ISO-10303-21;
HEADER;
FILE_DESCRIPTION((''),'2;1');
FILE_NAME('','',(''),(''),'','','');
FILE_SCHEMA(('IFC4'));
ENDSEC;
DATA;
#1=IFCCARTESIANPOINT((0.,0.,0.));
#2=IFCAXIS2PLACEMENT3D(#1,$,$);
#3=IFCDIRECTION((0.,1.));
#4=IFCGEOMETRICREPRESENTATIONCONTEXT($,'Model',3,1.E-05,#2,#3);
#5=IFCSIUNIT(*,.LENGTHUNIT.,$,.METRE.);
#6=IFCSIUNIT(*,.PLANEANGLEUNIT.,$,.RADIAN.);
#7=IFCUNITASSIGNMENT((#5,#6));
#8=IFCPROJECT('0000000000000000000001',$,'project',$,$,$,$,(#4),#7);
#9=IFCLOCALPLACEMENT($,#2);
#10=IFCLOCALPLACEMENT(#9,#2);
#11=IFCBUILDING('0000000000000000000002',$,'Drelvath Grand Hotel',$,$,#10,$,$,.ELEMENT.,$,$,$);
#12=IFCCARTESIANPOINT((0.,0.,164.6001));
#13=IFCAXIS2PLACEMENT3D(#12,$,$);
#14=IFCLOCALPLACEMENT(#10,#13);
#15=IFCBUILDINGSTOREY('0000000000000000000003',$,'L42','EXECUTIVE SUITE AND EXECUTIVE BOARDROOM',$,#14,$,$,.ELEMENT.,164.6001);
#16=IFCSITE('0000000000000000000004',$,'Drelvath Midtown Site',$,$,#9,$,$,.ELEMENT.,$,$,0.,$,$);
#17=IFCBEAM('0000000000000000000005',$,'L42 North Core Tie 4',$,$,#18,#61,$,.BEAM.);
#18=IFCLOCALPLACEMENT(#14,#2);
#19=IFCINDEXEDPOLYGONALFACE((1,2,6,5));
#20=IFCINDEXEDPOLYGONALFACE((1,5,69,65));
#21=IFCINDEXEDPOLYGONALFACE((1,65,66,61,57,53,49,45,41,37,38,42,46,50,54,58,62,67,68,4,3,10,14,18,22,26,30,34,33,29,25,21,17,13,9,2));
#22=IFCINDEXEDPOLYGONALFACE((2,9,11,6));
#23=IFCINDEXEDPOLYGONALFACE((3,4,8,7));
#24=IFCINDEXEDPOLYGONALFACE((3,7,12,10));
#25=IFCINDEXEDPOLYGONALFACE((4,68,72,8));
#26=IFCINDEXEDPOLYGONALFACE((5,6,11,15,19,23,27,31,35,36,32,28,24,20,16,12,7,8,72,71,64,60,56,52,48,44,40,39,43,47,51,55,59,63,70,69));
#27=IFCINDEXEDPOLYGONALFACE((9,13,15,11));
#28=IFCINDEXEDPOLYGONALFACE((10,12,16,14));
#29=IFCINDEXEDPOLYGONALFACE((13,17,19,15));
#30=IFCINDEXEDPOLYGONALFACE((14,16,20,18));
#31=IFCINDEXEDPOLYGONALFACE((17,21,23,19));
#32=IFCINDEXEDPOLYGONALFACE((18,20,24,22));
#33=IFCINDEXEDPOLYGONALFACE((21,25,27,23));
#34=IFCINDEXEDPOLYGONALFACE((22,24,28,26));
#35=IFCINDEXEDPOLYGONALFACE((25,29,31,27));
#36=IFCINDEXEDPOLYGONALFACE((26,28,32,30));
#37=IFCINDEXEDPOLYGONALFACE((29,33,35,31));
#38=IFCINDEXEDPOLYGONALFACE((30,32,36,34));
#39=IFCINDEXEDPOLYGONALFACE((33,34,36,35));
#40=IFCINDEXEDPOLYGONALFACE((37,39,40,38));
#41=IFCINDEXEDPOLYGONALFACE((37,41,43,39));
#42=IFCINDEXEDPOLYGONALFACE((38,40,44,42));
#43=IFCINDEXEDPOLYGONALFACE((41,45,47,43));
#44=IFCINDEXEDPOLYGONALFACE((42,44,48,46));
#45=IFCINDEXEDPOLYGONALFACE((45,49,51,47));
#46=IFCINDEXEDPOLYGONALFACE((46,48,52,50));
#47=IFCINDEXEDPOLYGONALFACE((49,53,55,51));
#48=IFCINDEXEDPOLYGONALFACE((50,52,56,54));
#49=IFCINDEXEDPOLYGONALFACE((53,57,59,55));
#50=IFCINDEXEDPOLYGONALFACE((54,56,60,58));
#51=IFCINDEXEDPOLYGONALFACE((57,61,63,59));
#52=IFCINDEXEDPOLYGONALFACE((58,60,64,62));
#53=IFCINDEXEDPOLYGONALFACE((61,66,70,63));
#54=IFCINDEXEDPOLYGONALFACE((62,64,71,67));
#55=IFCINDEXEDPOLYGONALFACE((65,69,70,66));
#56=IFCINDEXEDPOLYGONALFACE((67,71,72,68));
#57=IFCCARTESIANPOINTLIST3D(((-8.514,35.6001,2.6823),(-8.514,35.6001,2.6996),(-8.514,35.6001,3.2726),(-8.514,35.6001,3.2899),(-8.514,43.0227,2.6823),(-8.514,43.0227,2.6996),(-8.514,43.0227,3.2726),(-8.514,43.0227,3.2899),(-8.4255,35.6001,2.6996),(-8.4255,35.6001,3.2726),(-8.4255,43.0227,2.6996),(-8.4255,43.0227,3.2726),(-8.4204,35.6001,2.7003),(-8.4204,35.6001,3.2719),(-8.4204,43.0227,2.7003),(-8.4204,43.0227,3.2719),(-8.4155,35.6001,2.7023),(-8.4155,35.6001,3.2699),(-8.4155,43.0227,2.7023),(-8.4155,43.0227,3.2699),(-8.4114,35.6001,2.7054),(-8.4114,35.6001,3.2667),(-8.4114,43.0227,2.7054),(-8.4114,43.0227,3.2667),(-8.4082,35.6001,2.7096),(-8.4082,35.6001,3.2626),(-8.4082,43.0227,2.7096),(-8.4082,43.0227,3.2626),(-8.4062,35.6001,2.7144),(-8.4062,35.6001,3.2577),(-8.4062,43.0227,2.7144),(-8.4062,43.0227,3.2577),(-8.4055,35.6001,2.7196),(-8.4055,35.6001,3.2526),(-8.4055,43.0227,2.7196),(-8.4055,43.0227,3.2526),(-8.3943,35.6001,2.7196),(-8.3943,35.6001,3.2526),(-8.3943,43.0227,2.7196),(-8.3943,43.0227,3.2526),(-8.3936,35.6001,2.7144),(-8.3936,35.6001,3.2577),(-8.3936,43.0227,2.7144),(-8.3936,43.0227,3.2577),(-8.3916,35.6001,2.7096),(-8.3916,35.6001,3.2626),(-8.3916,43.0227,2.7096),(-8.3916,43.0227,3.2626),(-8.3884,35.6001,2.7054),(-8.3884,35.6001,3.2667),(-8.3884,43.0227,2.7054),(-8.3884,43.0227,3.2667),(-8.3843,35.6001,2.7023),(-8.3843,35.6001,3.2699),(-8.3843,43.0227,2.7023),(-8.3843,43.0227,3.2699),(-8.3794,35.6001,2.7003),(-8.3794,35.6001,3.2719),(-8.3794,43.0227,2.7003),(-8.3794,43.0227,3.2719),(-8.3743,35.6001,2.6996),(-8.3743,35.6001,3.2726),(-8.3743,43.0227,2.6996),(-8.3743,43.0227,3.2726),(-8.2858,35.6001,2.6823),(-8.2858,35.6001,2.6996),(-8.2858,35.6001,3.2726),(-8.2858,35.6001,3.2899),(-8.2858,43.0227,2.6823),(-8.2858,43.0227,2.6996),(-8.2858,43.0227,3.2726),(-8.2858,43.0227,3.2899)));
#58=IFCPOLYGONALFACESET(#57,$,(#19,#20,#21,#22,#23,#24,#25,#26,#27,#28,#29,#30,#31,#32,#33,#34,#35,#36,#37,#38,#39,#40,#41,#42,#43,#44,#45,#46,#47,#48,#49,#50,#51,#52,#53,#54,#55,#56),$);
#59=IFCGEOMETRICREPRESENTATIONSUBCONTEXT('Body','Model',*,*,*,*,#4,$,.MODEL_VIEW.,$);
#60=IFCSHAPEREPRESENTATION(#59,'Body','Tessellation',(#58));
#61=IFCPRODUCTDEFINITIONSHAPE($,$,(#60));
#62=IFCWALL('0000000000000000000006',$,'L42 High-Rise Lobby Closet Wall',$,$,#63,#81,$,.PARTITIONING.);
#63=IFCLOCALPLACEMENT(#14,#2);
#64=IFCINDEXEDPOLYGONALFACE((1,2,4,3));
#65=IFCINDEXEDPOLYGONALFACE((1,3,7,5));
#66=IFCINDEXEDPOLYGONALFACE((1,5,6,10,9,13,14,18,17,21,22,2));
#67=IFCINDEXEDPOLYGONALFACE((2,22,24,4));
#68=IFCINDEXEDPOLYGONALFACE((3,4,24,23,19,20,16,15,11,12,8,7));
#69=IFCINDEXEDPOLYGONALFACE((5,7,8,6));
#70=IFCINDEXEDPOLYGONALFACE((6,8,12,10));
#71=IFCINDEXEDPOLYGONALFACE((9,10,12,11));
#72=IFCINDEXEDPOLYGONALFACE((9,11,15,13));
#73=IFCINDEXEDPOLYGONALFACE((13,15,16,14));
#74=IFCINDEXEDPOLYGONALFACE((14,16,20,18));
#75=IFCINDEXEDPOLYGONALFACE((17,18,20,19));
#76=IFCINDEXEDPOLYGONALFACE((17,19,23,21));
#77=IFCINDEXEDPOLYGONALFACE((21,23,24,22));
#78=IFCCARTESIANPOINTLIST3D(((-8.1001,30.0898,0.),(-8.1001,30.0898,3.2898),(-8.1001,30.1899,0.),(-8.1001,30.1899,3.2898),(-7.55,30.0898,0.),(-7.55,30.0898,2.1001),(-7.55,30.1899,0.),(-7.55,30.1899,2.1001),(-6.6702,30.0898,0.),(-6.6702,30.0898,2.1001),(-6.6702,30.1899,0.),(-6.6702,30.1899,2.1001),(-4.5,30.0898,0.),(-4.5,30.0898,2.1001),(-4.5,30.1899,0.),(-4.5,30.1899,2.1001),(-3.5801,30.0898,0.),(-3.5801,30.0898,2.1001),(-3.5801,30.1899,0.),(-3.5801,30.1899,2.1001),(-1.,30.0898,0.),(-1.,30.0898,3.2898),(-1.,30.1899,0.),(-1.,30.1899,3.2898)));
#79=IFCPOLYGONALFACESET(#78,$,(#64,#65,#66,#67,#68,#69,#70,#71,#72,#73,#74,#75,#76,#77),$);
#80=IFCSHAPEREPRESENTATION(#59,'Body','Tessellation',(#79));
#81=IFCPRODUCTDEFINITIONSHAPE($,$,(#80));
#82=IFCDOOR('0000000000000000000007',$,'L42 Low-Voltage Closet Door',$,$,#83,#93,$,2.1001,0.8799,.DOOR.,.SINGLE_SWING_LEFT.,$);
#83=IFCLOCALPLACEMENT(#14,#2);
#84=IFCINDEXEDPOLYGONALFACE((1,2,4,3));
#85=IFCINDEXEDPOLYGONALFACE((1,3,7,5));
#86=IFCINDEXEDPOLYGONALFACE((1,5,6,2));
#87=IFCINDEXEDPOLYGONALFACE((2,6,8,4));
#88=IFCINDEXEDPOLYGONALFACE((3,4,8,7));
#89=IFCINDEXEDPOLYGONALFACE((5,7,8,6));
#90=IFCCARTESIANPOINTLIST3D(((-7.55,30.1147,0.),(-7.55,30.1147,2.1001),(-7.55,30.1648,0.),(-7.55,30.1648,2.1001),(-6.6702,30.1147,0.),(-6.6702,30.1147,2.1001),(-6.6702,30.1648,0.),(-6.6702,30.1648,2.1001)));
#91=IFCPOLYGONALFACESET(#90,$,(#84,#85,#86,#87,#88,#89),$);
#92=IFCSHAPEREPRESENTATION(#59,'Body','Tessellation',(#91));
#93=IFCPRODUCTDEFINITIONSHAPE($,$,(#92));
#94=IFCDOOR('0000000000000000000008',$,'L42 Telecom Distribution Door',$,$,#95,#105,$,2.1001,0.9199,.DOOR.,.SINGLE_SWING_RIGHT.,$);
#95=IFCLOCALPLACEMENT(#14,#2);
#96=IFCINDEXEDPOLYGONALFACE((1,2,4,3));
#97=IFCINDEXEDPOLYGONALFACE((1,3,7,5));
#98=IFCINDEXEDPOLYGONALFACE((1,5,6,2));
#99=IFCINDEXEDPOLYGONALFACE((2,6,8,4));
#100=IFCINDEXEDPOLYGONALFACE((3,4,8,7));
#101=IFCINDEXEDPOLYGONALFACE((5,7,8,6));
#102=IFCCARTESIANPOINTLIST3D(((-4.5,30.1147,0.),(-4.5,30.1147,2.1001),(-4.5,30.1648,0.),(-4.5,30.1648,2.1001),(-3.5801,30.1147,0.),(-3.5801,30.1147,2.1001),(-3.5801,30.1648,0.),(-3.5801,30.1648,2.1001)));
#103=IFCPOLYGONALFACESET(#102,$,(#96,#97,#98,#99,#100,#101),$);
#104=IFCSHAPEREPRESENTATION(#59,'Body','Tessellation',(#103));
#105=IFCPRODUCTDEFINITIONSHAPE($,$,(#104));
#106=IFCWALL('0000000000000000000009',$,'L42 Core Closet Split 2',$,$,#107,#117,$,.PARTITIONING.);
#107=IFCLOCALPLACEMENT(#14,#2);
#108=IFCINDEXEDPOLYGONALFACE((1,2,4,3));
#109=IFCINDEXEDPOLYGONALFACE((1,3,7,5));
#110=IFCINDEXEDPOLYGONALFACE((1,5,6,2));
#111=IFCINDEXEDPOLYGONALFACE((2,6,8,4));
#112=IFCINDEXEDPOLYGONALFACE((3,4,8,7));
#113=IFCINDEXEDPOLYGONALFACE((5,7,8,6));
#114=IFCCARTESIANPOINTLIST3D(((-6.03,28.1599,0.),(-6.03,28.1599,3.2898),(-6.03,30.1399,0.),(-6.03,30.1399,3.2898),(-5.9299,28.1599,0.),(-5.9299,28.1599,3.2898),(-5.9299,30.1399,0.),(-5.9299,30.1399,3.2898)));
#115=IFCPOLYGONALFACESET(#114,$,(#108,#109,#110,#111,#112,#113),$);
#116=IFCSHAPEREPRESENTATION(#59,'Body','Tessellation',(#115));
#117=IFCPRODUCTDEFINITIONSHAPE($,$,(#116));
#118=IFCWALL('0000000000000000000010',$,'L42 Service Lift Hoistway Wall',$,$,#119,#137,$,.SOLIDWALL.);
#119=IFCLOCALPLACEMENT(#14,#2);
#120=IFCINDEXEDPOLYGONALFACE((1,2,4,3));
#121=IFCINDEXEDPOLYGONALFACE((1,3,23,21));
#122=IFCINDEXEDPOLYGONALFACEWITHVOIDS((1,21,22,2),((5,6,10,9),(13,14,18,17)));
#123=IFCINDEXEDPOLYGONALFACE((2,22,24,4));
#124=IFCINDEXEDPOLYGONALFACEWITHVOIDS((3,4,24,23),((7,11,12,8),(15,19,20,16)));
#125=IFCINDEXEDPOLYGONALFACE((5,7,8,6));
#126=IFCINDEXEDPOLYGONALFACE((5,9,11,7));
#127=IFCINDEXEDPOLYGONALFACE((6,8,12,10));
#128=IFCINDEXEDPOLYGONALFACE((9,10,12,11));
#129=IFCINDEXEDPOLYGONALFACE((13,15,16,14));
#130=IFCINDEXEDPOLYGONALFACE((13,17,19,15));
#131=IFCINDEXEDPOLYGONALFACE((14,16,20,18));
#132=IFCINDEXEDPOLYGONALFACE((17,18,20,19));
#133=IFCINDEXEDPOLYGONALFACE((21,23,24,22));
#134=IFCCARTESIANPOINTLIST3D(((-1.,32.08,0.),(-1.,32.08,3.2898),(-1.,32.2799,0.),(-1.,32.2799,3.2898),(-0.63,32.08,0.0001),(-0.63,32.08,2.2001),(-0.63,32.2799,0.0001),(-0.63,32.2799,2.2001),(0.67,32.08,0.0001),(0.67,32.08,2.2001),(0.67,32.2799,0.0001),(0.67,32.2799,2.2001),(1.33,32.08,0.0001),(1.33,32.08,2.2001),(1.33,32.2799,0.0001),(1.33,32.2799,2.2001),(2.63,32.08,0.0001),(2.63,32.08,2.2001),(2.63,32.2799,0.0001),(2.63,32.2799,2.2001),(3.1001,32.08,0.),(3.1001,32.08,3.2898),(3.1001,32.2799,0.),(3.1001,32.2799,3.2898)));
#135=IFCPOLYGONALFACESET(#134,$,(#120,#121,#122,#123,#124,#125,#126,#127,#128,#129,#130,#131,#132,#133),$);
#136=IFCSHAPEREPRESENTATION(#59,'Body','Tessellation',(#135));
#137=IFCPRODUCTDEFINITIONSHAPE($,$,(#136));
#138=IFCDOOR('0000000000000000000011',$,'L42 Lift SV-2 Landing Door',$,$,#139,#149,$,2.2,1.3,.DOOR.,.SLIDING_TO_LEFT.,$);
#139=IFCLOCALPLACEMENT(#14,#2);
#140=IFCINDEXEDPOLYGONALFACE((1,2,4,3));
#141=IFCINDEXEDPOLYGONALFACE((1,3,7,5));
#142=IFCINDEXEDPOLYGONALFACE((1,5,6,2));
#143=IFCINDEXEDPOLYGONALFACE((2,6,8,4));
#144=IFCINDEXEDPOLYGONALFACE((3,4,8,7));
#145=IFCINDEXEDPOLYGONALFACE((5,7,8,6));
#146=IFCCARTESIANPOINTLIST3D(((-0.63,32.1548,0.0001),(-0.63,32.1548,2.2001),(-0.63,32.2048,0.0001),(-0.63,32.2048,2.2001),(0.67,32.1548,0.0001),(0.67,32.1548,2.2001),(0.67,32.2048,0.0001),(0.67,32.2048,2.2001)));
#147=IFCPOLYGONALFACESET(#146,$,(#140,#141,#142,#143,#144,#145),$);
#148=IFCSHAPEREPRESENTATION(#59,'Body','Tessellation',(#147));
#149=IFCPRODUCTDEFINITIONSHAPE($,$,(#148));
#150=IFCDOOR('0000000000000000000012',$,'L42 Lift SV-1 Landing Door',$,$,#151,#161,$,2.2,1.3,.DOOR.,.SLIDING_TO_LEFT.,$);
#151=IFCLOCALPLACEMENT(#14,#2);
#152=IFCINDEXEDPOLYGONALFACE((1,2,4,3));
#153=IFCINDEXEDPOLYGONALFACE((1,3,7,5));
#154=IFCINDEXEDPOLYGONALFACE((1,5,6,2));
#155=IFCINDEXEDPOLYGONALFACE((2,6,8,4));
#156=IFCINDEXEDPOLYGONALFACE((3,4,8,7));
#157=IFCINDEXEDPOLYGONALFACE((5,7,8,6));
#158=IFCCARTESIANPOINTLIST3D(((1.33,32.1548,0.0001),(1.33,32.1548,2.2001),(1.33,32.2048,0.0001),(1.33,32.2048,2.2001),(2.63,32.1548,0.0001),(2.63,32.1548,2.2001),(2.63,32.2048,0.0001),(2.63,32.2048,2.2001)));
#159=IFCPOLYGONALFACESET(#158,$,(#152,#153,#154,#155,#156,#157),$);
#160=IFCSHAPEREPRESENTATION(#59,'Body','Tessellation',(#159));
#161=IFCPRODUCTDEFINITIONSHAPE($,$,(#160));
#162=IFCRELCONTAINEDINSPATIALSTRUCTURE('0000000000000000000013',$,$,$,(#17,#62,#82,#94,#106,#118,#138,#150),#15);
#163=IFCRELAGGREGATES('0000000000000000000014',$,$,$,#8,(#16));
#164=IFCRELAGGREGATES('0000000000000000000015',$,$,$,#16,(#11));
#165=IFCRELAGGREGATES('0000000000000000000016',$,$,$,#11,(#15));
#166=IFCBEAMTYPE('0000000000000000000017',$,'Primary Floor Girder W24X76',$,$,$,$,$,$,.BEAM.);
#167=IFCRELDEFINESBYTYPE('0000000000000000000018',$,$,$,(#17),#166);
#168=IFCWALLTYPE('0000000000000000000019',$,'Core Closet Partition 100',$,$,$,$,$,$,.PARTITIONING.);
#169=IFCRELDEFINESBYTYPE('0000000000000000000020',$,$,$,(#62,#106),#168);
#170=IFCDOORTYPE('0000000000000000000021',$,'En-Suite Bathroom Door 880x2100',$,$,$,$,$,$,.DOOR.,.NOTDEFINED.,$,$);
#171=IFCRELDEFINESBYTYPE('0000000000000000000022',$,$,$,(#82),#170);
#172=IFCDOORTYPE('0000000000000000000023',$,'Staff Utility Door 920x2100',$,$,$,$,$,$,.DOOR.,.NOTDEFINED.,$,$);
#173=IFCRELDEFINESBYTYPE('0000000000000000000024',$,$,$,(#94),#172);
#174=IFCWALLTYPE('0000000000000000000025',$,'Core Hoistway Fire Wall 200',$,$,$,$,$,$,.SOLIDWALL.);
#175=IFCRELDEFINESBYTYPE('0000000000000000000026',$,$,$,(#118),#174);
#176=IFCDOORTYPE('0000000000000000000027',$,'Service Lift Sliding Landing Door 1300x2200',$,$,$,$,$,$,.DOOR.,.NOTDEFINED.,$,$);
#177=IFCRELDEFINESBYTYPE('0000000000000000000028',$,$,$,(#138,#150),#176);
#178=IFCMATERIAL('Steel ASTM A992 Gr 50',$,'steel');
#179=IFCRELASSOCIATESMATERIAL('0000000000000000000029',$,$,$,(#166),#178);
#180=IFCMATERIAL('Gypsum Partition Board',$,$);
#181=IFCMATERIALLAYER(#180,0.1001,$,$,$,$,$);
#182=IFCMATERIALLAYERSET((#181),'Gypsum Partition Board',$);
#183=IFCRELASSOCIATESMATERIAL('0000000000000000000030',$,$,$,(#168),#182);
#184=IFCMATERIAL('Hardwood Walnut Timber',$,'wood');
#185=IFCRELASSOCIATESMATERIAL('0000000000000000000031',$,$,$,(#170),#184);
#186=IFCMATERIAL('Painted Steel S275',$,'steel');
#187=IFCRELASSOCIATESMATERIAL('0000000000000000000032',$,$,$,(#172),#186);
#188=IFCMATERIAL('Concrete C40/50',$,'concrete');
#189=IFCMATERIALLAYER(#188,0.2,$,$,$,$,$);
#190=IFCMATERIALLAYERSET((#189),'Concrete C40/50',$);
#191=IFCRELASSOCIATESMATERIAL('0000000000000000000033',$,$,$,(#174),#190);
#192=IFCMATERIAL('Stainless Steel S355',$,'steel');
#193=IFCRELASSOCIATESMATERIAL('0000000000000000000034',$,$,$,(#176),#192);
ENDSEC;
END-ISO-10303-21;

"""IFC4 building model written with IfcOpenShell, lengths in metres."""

from ifc_helpers import new_model, si_unit, direction, frame, frame_2d, origin, origin_2d, place, context, subcontext, project, spatial, rectangle, i_section, extrude, material, layer, layer_set, material_profile, profile_set, type_object, element, fill, save


model = new_model("IFC4")

# Units and contexts
model_context = context("Model", 3, precision=1e-05, world=origin(), true_north=direction((0.0, 1.0)))
body_context = subcontext(model_context, "Body", "Model", "MODEL_VIEW")
ifc_project = project(units=[si_unit("LENGTHUNIT", "METRE"), si_unit("PLANEANGLEUNIT", "RADIAN")], contexts=[model_context])

# Site, building, storey
site_placement = place(None, origin())
site = spatial("IfcSite", under=ifc_project, at=site_placement, Name="Drelvath Midtown Site", CompositionType="ELEMENT", RefElevation=0.0)
building_placement = place(site_placement, origin())
building = spatial("IfcBuilding", under=site, at=building_placement, Name="Drelvath Grand Hotel", CompositionType="ELEMENT")
storey_placement = place(building_placement, frame((0.0, 0.0, 164.6001)))
storey = spatial("IfcBuildingStorey", under=building, at=storey_placement, Name="L42", Description="EXECUTIVE SUITE AND EXECUTIVE BOARDROOM", CompositionType="ELEMENT", Elevation=164.6001)

# Beam
ifc_material_1 = material(Name="Steel ASTM A992 Gr 50", Category="steel")
ifc_material_profile_1 = material_profile(ifc_material_1, i_section(OverallWidth=0.2283, OverallDepth=0.6077, WebThickness=0.0112, FlangeThickness=0.0173, FilletRadius=0.02, at=origin_2d()), Name="W24X76")
ifc_profile_set_1 = profile_set([ifc_material_profile_1], Name="Steel ASTM A992 Gr 50")
beam_type_1 = type_object("IfcBeamType", Name="Primary Floor Girder W24X76", PredefinedType="BEAM", material=ifc_profile_set_1)
for number, where, z_axis, x_axis, name in (
    (1, (-8.3999, 35.6001, 2.9861), (0.0, 1.0, 0.0), (-1.0, 0.0, 0.0), "L42 North Core Tie 4"),
):
    element("IfcBeam", number, at=place(storey_placement, frame(where, z_axis=z_axis, x_axis=x_axis)), inside=storey, type_object=beam_type_1, Name=name, PredefinedType="BEAM", context=body_context, shape_type="SweptSolid", body=[
        extrude(i_section(OverallWidth=0.2283, OverallDepth=0.6077, WebThickness=0.0112, FlangeThickness=0.0173, FilletRadius=0.02, at=origin_2d()), origin(), (0.0, 0.0, 1.0), 7.4226),
    ])

# Wall, openings, doors
ifc_material_2 = material(Name="Gypsum Partition Board")
ifc_layer_1 = layer(ifc_material_2, 0.1001)
ifc_layer_set_1 = layer_set([ifc_layer_1], Name="Gypsum Partition Board")
wall_type_1 = type_object("IfcWallType", Name="Core Closet Partition 100", PredefinedType="PARTITIONING", material=ifc_layer_set_1)
wall_1_placement = place(storey_placement, frame((-8.1001, 30.1399, 0.0), z_axis=(0.0, 0.0, 1.0), x_axis=(1.0, 0.0, 0.0)))
wall_1 = element("IfcWall", 2, at=wall_1_placement, inside=storey, type_object=wall_type_1, Name="L42 High-Rise Lobby Closet Wall", PredefinedType="PARTITIONING", context=body_context, shape_type="SweptSolid", body=[
    extrude(rectangle(XDim=7.1001, YDim=0.1001, at=frame_2d((3.55, 0.0))), origin(), (0.0, 0.0, 1.0), 3.2898),
])
opening_1_placement = place(wall_1_placement, frame((0.55, 0.0, 0.0)))
opening_1 = element("IfcOpeningElement", 3, at=opening_1_placement, cuts=wall_1, PredefinedType="OPENING", context=body_context, shape_type="SweptSolid", body=[
    extrude(rectangle(XDim=0.8799, YDim=2.1001, at=frame_2d((0.4399, 1.05))), frame((0.0, 0.0601, 0.0), z_axis=(0.0, -1.0, 0.0), x_axis=(1.0, 0.0, 0.0)), (0.0, 0.0, 1.0), 0.1201),
])
opening_2_placement = place(wall_1_placement, frame((3.6001, 0.0, 0.0)))
opening_2 = element("IfcOpeningElement", 4, at=opening_2_placement, cuts=wall_1, PredefinedType="OPENING", context=body_context, shape_type="SweptSolid", body=[
    extrude(rectangle(XDim=0.9199, YDim=2.1001, at=frame_2d((0.46, 1.05))), frame((0.0, 0.0601, 0.0), z_axis=(0.0, -1.0, 0.0), x_axis=(1.0, 0.0, 0.0)), (0.0, 0.0, 1.0), 0.1201),
])
ifc_material_3 = material(Name="Hardwood Walnut Timber", Category="wood")
door_type_1 = type_object("IfcDoorType", Name="En-Suite Bathroom Door 880x2100", OperationType="NOTDEFINED", PredefinedType="DOOR", material=ifc_material_3)
door_1_placement = place(opening_1_placement, origin())
door_1 = element("IfcDoor", 5, at=door_1_placement, inside=storey, type_object=door_type_1, Name="L42 Low-Voltage Closet Door", OperationType="SINGLE_SWING_LEFT", OverallHeight=2.1001, OverallWidth=0.8799, PredefinedType="DOOR", context=body_context, shape_type="SweptSolid", body=[
    extrude(rectangle(XDim=0.8799, YDim=2.1001, at=frame_2d((0.4399, 1.05))), frame((0.0, 0.0249, 0.0), z_axis=(0.0, -1.0, 0.0), x_axis=(1.0, 0.0, 0.0)), (0.0, 0.0, 1.0), 0.05),
])
fill(opening_1, door_1)
ifc_material_4 = material(Name="Painted Steel S275", Category="steel")
door_type_2 = type_object("IfcDoorType", Name="Staff Utility Door 920x2100", OperationType="NOTDEFINED", PredefinedType="DOOR", material=ifc_material_4)
door_2_placement = place(opening_2_placement, origin())
door_2 = element("IfcDoor", 6, at=door_2_placement, inside=storey, type_object=door_type_2, Name="L42 Telecom Distribution Door", OperationType="SINGLE_SWING_RIGHT", OverallHeight=2.1001, OverallWidth=0.9199, PredefinedType="DOOR", context=body_context, shape_type="SweptSolid", body=[
    extrude(rectangle(XDim=0.9199, YDim=2.1001, at=frame_2d((0.46, 1.05))), frame((0.0, 0.0249, 0.0), z_axis=(0.0, -1.0, 0.0), x_axis=(1.0, 0.0, 0.0)), (0.0, 0.0, 1.0), 0.05),
])
fill(opening_2, door_2)

# Wall
wall_2_placement = place(storey_placement, frame((-5.98, 28.1599, 0.0), z_axis=(0.0, 0.0, 1.0), x_axis=(0.0, 1.0, 0.0)))
element("IfcWall", 7, at=wall_2_placement, inside=storey, type_object=wall_type_1, Name="L42 Core Closet Split 2", PredefinedType="PARTITIONING", context=body_context, shape_type="SweptSolid", body=[
    extrude(rectangle(XDim=1.98, YDim=0.1001, at=frame_2d((0.99, 0.0))), origin(), (0.0, 0.0, 1.0), 3.2898),
])

# Wall, openings, doors
ifc_material_5 = material(Name="Concrete C40/50", Category="concrete")
ifc_layer_2 = layer(ifc_material_5, 0.2)
ifc_layer_set_2 = layer_set([ifc_layer_2], Name="Concrete C40/50")
wall_type_2 = type_object("IfcWallType", Name="Core Hoistway Fire Wall 200", PredefinedType="SOLIDWALL", material=ifc_layer_set_2)
wall_3_placement = place(storey_placement, frame((-1.0, 32.1799, 0.0), z_axis=(0.0, 0.0, 1.0), x_axis=(1.0, 0.0, 0.0)))
wall_3 = element("IfcWall", 8, at=wall_3_placement, inside=storey, type_object=wall_type_2, Name="L42 Service Lift Hoistway Wall", PredefinedType="SOLIDWALL", context=body_context, shape_type="SweptSolid", body=[
    extrude(rectangle(XDim=4.1001, YDim=0.2, at=frame_2d((2.05, 0.0))), origin(), (0.0, 0.0, 1.0), 3.2898),
])
opening_3_placement = place(wall_3_placement, frame((0.3701, 0.0, 0.0)))
opening_3 = element("IfcOpeningElement", 9, at=opening_3_placement, cuts=wall_3, PredefinedType="OPENING", context=body_context, shape_type="SweptSolid", body=[
    extrude(rectangle(XDim=1.3, YDim=2.2, at=frame_2d((0.6499, 1.1001))), frame((0.0, 0.1099, 0.0), z_axis=(0.0, -1.0, 0.0), x_axis=(1.0, 0.0, 0.0)), (0.0, 0.0, 1.0), 0.22),
])
opening_4_placement = place(wall_3_placement, frame((2.3301, 0.0, 0.0)))
opening_4 = element("IfcOpeningElement", 10, at=opening_4_placement, cuts=wall_3, PredefinedType="OPENING", context=body_context, shape_type="SweptSolid", body=[
    extrude(rectangle(XDim=1.3, YDim=2.2, at=frame_2d((0.6499, 1.1001))), frame((0.0, 0.1099, 0.0), z_axis=(0.0, -1.0, 0.0), x_axis=(1.0, 0.0, 0.0)), (0.0, 0.0, 1.0), 0.22),
])
ifc_material_6 = material(Name="Stainless Steel S355", Category="steel")
door_type_3 = type_object("IfcDoorType", Name="Service Lift Sliding Landing Door 1300x2200", OperationType="NOTDEFINED", PredefinedType="DOOR", material=ifc_material_6)
door_3_placement = place(opening_3_placement, origin())
door_3 = element("IfcDoor", 11, at=door_3_placement, inside=storey, type_object=door_type_3, Name="L42 Lift SV-2 Landing Door", OperationType="SLIDING_TO_LEFT", OverallHeight=2.2, OverallWidth=1.3, PredefinedType="DOOR", context=body_context, shape_type="SweptSolid", body=[
    extrude(rectangle(XDim=1.3, YDim=2.2, at=frame_2d((0.6499, 1.1001))), frame((0.0, 0.0249, 0.0), z_axis=(0.0, -1.0, 0.0), x_axis=(1.0, 0.0, 0.0)), (0.0, 0.0, 1.0), 0.05),
])
fill(opening_3, door_3)
door_4_placement = place(opening_4_placement, origin())
door_4 = element("IfcDoor", 12, at=door_4_placement, inside=storey, type_object=door_type_3, Name="L42 Lift SV-1 Landing Door", OperationType="SLIDING_TO_LEFT", OverallHeight=2.2, OverallWidth=1.3, PredefinedType="DOOR", context=body_context, shape_type="SweptSolid", body=[
    extrude(rectangle(XDim=1.3, YDim=2.2, at=frame_2d((0.6499, 1.1001))), frame((0.0, 0.0249, 0.0), z_axis=(0.0, -1.0, 0.0), x_axis=(1.0, 0.0, 0.0)), (0.0, 0.0, 1.0), 0.05),
])
fill(opening_4, door_4)

save(model, "model.ifc")
